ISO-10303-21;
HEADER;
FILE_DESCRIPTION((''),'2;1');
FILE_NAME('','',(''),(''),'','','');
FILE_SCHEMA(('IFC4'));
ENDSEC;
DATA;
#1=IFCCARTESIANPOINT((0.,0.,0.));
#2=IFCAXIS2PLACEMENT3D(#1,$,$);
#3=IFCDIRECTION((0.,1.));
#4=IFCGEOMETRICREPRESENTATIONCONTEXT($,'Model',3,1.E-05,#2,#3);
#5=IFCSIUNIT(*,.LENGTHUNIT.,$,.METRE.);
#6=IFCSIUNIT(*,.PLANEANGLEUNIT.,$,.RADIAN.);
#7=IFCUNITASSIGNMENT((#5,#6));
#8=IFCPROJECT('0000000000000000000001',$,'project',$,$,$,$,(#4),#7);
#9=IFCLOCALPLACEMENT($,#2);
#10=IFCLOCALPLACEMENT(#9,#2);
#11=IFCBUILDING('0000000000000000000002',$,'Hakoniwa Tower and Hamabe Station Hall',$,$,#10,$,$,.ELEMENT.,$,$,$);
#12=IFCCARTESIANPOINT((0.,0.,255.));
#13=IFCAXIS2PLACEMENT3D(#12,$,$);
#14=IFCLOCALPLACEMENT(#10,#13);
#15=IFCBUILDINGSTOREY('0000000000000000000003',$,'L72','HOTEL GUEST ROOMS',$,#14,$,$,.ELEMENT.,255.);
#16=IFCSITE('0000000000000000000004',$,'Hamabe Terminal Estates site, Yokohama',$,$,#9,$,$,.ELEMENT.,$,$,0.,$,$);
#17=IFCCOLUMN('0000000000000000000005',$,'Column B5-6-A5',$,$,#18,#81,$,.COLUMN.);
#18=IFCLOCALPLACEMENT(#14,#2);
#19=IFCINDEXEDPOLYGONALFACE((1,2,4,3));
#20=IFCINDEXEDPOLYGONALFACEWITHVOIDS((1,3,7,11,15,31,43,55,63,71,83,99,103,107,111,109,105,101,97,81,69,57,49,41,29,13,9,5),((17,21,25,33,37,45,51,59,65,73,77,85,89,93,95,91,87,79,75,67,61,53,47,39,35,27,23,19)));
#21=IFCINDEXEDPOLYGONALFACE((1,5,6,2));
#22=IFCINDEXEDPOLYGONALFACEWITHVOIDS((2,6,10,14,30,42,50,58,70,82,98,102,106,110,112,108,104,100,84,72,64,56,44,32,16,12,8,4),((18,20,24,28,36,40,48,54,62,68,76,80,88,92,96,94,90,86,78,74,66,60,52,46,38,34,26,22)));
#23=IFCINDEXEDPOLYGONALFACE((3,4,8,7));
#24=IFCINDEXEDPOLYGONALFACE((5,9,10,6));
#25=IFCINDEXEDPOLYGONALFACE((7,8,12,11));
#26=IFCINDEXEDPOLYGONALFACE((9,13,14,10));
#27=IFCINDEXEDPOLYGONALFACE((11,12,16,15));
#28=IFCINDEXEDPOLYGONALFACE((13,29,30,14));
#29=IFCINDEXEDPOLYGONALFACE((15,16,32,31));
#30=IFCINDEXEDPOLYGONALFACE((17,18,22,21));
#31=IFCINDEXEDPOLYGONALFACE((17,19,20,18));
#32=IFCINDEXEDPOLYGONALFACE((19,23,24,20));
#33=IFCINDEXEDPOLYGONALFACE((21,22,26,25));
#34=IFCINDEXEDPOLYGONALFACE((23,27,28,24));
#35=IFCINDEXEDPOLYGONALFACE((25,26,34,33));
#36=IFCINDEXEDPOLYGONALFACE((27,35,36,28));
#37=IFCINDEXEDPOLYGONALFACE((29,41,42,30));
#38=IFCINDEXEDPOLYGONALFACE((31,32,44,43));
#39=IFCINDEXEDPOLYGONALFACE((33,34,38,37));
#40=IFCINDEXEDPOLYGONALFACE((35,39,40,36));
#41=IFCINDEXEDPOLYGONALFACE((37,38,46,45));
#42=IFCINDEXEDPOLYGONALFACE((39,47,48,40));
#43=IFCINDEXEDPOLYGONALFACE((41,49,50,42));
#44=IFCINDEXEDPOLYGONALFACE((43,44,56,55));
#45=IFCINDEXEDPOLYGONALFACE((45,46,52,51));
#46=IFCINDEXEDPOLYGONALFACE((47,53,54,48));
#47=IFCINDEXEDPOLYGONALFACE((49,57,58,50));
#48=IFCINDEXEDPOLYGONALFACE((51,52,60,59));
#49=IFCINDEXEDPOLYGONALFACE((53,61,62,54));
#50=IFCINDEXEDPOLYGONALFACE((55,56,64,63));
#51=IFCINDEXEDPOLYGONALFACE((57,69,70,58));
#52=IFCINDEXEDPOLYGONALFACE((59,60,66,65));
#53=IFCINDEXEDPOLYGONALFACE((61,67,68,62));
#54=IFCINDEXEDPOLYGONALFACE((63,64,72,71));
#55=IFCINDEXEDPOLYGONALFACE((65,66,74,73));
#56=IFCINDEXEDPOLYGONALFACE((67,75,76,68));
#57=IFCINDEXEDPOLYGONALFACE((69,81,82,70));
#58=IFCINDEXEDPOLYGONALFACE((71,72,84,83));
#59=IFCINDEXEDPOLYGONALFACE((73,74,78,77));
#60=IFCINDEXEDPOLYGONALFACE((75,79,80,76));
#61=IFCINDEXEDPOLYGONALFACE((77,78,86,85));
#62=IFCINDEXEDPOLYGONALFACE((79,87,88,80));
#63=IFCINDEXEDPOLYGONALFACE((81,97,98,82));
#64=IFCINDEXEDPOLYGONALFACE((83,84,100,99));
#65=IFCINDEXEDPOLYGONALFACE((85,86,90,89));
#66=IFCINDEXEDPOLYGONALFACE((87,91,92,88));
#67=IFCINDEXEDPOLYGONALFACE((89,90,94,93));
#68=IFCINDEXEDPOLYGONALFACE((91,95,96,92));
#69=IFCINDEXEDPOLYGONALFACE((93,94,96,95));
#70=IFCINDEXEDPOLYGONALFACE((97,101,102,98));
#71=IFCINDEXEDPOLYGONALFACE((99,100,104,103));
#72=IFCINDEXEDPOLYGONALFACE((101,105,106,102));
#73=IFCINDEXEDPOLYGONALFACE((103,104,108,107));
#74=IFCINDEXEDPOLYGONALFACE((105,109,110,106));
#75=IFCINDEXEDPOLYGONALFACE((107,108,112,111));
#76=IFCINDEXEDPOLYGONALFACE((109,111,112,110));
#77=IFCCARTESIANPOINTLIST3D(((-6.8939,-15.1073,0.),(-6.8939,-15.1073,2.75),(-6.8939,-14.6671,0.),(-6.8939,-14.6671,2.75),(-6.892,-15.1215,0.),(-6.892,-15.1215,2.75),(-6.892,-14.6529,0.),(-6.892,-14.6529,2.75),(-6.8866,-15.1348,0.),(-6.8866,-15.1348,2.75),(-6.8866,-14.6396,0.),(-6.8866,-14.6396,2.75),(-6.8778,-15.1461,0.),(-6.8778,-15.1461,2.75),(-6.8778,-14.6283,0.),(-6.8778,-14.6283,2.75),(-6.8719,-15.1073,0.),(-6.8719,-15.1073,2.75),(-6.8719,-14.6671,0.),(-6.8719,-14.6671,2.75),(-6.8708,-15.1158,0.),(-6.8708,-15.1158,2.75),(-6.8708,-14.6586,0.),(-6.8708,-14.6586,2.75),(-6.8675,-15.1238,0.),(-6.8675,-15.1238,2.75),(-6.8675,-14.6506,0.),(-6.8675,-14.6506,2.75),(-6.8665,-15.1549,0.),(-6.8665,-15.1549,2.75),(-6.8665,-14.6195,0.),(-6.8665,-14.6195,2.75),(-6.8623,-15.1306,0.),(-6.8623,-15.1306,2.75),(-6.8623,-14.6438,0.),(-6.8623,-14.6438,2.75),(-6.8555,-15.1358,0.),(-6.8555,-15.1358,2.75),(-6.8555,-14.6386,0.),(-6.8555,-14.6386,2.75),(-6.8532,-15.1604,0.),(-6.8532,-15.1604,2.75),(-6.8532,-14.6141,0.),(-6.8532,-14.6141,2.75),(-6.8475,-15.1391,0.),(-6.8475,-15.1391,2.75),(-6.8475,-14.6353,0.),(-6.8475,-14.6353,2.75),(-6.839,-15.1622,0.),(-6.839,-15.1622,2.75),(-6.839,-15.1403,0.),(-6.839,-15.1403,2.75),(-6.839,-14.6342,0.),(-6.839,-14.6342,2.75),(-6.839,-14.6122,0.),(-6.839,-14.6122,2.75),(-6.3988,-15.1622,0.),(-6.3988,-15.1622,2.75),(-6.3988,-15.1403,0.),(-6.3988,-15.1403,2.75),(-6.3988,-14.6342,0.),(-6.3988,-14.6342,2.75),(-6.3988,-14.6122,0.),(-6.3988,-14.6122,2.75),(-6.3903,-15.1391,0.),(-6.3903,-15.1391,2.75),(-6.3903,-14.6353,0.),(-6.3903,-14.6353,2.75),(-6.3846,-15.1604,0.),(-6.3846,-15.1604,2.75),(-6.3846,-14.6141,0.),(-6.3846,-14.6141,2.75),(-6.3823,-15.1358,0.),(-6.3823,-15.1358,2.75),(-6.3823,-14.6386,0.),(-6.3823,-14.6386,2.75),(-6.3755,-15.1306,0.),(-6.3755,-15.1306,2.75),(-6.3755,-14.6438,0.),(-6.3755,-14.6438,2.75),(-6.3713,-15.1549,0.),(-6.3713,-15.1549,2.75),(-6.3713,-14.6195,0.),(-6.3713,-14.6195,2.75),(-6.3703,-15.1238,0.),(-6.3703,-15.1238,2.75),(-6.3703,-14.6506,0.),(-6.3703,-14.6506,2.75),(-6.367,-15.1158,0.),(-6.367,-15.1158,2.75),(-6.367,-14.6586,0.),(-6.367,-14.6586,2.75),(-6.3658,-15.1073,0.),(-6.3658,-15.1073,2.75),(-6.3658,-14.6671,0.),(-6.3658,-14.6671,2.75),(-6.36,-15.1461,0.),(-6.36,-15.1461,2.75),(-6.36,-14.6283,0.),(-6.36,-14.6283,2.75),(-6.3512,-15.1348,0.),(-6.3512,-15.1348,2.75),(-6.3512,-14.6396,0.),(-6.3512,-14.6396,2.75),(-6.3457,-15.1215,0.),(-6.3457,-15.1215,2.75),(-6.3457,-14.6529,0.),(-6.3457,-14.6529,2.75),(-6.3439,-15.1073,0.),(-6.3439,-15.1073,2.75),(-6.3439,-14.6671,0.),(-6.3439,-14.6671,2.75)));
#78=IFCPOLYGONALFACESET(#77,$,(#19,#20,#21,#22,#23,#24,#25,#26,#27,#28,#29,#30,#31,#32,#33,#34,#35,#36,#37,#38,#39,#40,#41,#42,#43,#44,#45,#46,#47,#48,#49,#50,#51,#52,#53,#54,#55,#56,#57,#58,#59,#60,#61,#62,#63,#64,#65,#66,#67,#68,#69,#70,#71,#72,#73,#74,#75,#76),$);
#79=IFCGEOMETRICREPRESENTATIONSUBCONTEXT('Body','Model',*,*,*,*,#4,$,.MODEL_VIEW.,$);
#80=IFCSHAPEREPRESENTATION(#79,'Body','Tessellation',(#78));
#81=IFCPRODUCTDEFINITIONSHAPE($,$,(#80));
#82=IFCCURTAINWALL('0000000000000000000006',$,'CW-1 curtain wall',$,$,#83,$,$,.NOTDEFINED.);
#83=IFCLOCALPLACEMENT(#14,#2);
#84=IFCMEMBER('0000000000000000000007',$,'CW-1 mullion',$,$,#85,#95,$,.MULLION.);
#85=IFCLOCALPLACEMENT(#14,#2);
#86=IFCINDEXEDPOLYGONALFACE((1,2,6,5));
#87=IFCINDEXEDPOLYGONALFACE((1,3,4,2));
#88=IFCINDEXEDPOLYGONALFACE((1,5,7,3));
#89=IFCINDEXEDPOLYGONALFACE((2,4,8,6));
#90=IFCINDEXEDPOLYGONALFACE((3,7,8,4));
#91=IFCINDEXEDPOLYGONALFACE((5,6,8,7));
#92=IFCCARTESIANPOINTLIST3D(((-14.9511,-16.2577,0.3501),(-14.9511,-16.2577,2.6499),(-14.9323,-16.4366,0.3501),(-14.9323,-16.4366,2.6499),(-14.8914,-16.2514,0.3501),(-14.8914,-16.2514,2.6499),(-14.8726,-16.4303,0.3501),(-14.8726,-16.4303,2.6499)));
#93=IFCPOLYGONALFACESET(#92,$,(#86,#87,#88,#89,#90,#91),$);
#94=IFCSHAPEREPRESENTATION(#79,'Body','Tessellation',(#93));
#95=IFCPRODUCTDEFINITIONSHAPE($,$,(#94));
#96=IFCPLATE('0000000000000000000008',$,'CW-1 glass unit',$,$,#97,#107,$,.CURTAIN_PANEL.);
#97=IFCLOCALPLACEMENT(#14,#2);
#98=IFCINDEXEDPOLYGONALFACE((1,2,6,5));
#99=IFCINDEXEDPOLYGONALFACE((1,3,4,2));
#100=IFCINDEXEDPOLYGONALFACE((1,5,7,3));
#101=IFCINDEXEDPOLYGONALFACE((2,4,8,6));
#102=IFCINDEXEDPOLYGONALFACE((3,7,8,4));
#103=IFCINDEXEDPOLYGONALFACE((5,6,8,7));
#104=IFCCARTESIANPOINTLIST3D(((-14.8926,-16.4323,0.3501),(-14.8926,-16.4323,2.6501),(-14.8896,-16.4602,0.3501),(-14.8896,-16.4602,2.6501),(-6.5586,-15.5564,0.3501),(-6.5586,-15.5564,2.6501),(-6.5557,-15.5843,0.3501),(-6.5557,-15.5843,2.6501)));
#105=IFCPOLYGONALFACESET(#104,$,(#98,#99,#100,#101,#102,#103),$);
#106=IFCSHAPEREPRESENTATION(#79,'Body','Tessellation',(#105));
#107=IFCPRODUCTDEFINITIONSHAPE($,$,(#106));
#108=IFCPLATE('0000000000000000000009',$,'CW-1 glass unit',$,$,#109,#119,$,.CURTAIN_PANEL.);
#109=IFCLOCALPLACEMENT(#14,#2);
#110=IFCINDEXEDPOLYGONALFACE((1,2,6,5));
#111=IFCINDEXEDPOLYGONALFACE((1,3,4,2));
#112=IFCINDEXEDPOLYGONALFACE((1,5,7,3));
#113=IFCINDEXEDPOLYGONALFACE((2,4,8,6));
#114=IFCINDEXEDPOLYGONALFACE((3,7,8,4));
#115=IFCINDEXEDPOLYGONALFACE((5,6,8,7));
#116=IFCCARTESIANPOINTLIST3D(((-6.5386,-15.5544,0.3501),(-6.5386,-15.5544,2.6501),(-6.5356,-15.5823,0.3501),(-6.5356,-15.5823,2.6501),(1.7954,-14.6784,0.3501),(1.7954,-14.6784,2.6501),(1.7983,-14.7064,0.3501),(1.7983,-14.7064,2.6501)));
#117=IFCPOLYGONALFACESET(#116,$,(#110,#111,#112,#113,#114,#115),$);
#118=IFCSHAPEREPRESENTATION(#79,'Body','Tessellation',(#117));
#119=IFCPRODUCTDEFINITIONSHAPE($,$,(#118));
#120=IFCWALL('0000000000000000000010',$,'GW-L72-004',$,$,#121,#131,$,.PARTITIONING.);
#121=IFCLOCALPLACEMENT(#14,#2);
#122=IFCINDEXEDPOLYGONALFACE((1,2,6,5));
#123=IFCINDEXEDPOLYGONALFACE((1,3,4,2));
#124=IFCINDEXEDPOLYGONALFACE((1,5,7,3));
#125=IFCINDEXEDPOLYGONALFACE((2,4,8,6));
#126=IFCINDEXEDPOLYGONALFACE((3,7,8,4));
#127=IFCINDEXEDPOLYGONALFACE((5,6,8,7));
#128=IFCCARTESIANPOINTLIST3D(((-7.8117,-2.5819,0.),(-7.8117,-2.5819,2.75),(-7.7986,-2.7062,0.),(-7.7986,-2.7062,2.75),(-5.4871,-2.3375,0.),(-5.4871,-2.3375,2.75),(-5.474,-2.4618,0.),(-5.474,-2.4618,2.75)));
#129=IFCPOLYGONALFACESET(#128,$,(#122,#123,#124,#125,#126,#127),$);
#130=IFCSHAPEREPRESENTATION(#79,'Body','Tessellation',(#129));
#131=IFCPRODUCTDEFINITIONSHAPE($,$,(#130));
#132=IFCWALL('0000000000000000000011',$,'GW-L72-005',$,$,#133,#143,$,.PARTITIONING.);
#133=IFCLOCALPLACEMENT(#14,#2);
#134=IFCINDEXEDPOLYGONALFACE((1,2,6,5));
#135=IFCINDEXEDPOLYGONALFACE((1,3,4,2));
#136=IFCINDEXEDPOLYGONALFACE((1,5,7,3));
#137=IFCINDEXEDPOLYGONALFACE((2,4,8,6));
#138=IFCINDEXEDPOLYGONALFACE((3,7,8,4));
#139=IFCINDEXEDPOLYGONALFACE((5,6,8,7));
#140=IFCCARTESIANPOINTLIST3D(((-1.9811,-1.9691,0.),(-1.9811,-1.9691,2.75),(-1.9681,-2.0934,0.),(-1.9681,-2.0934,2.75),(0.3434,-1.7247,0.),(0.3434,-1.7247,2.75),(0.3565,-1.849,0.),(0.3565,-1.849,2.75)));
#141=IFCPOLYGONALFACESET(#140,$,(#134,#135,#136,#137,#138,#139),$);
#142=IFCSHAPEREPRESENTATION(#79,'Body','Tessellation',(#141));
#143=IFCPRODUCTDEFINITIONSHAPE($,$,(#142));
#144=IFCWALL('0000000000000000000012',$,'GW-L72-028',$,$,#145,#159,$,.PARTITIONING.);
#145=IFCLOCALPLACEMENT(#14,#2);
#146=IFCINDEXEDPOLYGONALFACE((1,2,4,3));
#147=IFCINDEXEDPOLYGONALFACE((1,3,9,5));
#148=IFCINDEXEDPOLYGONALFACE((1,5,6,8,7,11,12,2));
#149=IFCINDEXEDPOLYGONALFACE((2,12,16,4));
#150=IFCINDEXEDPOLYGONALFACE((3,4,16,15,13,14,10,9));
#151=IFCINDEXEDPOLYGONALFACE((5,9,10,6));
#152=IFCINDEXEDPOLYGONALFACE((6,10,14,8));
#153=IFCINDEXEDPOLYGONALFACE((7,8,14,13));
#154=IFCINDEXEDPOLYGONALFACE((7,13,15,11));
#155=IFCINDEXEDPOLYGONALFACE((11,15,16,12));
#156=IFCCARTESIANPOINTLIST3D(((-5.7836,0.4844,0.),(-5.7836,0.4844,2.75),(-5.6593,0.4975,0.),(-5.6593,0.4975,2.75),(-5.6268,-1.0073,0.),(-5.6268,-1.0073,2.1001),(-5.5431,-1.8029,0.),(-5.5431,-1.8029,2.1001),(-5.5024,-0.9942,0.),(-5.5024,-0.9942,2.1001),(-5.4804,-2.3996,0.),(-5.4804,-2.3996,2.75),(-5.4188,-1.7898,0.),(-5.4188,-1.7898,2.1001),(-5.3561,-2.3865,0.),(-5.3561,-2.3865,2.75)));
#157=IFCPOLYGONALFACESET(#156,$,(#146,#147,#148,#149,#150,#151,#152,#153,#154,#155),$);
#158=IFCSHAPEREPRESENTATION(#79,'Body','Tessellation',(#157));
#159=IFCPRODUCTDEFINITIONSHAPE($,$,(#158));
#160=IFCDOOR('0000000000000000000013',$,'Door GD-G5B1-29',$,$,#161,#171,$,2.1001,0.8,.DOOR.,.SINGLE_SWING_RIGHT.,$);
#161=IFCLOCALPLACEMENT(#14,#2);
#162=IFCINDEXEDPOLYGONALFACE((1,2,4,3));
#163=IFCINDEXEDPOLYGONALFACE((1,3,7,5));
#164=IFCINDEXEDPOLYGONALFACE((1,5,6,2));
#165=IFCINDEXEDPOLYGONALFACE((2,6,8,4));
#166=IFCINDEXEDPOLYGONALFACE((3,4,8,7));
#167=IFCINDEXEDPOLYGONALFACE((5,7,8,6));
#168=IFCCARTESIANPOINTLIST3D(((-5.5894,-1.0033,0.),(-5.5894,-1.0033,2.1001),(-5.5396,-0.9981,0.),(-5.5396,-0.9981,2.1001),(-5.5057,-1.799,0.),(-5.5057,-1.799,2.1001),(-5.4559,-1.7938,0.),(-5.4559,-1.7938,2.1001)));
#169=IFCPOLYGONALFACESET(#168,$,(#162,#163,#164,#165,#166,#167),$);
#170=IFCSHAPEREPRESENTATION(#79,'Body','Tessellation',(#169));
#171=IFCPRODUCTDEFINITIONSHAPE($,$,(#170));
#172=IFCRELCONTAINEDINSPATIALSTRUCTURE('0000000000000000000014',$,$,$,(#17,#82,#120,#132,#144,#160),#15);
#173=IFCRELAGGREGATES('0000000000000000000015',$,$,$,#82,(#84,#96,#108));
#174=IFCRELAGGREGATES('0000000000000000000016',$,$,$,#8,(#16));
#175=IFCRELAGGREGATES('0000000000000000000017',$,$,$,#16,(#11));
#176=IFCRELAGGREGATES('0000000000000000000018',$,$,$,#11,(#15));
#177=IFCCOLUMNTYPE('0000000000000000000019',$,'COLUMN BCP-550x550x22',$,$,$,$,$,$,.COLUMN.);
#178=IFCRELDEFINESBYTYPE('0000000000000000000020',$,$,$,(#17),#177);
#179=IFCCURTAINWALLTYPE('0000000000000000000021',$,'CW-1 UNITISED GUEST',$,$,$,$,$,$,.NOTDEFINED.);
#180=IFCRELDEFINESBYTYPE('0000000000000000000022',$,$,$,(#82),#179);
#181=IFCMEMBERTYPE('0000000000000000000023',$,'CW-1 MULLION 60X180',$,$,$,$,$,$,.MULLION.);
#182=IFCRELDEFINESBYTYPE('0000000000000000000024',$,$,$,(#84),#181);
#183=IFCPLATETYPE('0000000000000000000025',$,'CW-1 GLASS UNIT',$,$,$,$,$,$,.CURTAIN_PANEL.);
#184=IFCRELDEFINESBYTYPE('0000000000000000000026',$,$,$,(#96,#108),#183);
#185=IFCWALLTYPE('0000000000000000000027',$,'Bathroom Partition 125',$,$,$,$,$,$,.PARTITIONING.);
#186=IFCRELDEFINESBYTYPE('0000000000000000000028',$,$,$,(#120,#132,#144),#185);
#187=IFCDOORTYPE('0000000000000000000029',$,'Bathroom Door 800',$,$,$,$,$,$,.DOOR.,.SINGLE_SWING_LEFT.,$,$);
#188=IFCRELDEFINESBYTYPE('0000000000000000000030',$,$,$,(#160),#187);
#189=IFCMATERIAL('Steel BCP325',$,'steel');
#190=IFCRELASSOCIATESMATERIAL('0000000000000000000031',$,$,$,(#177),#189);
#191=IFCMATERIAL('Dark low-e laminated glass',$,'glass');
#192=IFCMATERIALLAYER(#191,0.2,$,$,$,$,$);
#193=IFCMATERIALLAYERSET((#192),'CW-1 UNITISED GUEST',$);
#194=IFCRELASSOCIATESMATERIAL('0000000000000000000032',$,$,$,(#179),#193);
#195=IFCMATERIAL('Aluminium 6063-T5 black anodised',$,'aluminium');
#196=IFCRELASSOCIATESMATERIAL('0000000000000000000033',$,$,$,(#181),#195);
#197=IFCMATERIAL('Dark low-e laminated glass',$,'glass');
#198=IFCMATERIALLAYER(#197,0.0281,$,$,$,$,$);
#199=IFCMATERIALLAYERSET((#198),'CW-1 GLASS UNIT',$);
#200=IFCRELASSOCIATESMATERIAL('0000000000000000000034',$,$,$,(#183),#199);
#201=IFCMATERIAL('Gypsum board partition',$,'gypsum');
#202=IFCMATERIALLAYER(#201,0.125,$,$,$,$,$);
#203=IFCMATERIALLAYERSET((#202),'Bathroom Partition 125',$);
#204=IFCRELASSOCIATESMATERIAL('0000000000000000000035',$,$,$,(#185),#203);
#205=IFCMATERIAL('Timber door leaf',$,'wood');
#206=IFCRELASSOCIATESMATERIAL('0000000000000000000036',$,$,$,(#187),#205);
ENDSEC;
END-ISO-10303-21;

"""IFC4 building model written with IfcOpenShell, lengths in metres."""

from ifc_helpers import new_model, si_unit, direction, frame, frame_2d, origin, origin_2d, place, context, subcontext, project, spatial, rectangle, hollow_rectangle, extrude, material, layer, layer_set, material_profile, profile_set, type_object, element, fill, aggregate, save


model = new_model("IFC4")

# Units and contexts
model_context = context("Model", 3, precision=1e-05, world=origin(), true_north=direction((0.0, 1.0)))
body_context = subcontext(model_context, "Body", "Model", "MODEL_VIEW")
ifc_project = project(units=[si_unit("LENGTHUNIT", "METRE"), si_unit("PLANEANGLEUNIT", "RADIAN")], contexts=[model_context])

# Site, building, storey
site_placement = place(None, origin())
site = spatial("IfcSite", under=ifc_project, at=site_placement, Name="Hamabe Terminal Estates site, Yokohama", CompositionType="ELEMENT", RefElevation=0.0)
building_placement = place(site_placement, origin())
building = spatial("IfcBuilding", under=site, at=building_placement, Name="Hakoniwa Tower and Hamabe Station Hall", CompositionType="ELEMENT")
storey_placement = place(building_placement, frame((0.0, 0.0, 255.0)))
storey = spatial("IfcBuildingStorey", under=building, at=storey_placement, Name="L72", Description="HOTEL GUEST ROOMS", CompositionType="ELEMENT", Elevation=255.0)

# Column
ifc_material_1 = material(Name="Steel BCP325", Category="steel")
ifc_material_profile_1 = material_profile(ifc_material_1, hollow_rectangle(XDim=0.55, YDim=0.55, WallThickness=0.022, InnerFilletRadius=0.033, OuterFilletRadius=0.0549, at=origin_2d()), Name="BCP-550x550x22")
ifc_profile_set_1 = profile_set([ifc_material_profile_1], Name="Steel BCP325")
column_type = type_object("IfcColumnType", Name="COLUMN BCP-550x550x22", PredefinedType="COLUMN", material=ifc_profile_set_1)
column_placement = place(storey_placement, frame((-6.6189, -14.8872, 0.0), z_axis=(0.0, 0.0, 1.0), x_axis=(1.0, 0.0, 0.0)))
element("IfcColumn", 1, at=column_placement, inside=storey, type_object=column_type, Name="Column B5-6-A5", PredefinedType="COLUMN", context=body_context, shape_type="SweptSolid", body=[
    extrude(hollow_rectangle(XDim=0.55, YDim=0.55, WallThickness=0.022, InnerFilletRadius=0.033, OuterFilletRadius=0.0549, at=origin_2d()), origin(), (0.0, 0.0, 1.0), 2.75),
])

# Curtain wall, member, plates
ifc_material_2 = material(Name="Dark low-e laminated glass", Category="glass")
ifc_layer_1 = layer(ifc_material_2, 0.2)
ifc_layer_set_1 = layer_set([ifc_layer_1], Name="CW-1 UNITISED GUEST")
curtain_wall_type = type_object("IfcCurtainWallType", Name="CW-1 UNITISED GUEST", PredefinedType="NOTDEFINED", material=ifc_layer_set_1)
curtain_wall_placement = place(storey_placement, origin())
curtain_wall = element("IfcCurtainWall", 2, at=curtain_wall_placement, inside=storey, type_object=curtain_wall_type, Name="CW-1 curtain wall", PredefinedType="NOTDEFINED")
ifc_material_3 = material(Name="Aluminium 6063-T5 black anodised", Category="aluminium")
ifc_material_profile_2 = material_profile(ifc_material_3, rectangle(XDim=0.0601, YDim=0.1799, at=origin_2d()), Name="CW-1 MULLION 60X180")
ifc_profile_set_2 = profile_set([ifc_material_profile_2], Name="Aluminium 6063-T5 black anodised")
member_type = type_object("IfcMemberType", Name="CW-1 MULLION 60X180", PredefinedType="MULLION", material=ifc_profile_set_2)
member_placement = place(storey_placement, frame((-14.9119, -16.344, 0.3501), z_axis=(0.0, 0.0, 1.0), x_axis=(0.994522, 0.104528, 0.0)))
member = element("IfcMember", 3, at=member_placement, type_object=member_type, Name="CW-1 mullion", PredefinedType="MULLION", context=body_context, shape_type="SweptSolid", body=[
    extrude(rectangle(XDim=0.0601, YDim=0.1799, at=origin_2d()), origin(), (0.0, 0.0, 1.0), 2.2998),
])
ifc_material_4 = material(Name="Dark low-e laminated glass", Category="glass")
ifc_layer_2 = layer(ifc_material_4, 0.0281)
ifc_layer_set_2 = layer_set([ifc_layer_2], Name="CW-1 GLASS UNIT")
plate_type = type_object("IfcPlateType", Name="CW-1 GLASS UNIT", PredefinedType="CURTAIN_PANEL", material=ifc_layer_set_2)
plate_1_placement = place(storey_placement, frame((-10.7241, -16.0083, 0.3501), z_axis=(0.0, 0.0, 1.0), x_axis=(0.994522, 0.104528, 0.0)))
plate_1 = element("IfcPlate", 4, at=plate_1_placement, type_object=plate_type, Name="CW-1 glass unit", PredefinedType="CURTAIN_PANEL", context=body_context, shape_type="SweptSolid", body=[
    extrude(rectangle(XDim=8.3799, YDim=0.0281, at=origin_2d()), origin(), (0.0, 0.0, 1.0), 2.3),
])
plate_2_placement = place(storey_placement, frame((-2.3701, -15.1304, 0.3501), z_axis=(0.0, 0.0, 1.0), x_axis=(0.994522, 0.104528, 0.0)))
plate_2 = element("IfcPlate", 5, at=plate_2_placement, type_object=plate_type, Name="CW-1 glass unit", PredefinedType="CURTAIN_PANEL", context=body_context, shape_type="SweptSolid", body=[
    extrude(rectangle(XDim=8.3799, YDim=0.0281, at=origin_2d()), origin(), (0.0, 0.0, 1.0), 2.3),
])
aggregate(curtain_wall, [member, plate_1, plate_2])

# Walls
ifc_material_5 = material(Name="Gypsum board partition", Category="gypsum")
ifc_layer_3 = layer(ifc_material_5, 0.125)
ifc_layer_set_3 = layer_set([ifc_layer_3], Name="Bathroom Partition 125")
wall_type_1 = type_object("IfcWallType", Name="Bathroom Partition 125", PredefinedType="PARTITIONING", material=ifc_layer_set_3)
for number, where, z_axis, x_axis, name in (
    (6, (-7.8052, -2.644, 0.0), (0.0, 0.0, 1.0), (0.99452, 0.104549, 0.0), "GW-L72-004"),
    (7, (-1.9746, -2.0312, 0.0), (0.0, 0.0, 1.0), (0.99452, 0.104549, 0.0), "GW-L72-005"),
):
    element("IfcWall", number, at=place(storey_placement, frame(where, z_axis=z_axis, x_axis=x_axis)), inside=storey, type_object=wall_type_1, Name=name, PredefinedType="PARTITIONING", context=body_context, shape_type="SweptSolid", body=[
        extrude(rectangle(XDim=2.3374, YDim=0.125, at=frame_2d((1.1687, 0.0))), origin(), (0.0, 0.0, 1.0), 2.75),
    ])

# Wall, opening, door
wall_1_placement = place(storey_placement, frame((-5.4182, -2.3931, 0.0), z_axis=(0.0, 0.0, 1.0), x_axis=(-0.104562, 0.994518, 0.0)))
wall_1 = element("IfcWall", 8, at=wall_1_placement, inside=storey, type_object=wall_type_1, Name="GW-L72-028", PredefinedType="PARTITIONING", context=body_context, shape_type="SweptSolid", body=[
    extrude(rectangle(XDim=2.8999, YDim=0.125, at=frame_2d((1.45, 0.0))), origin(), (0.0, 0.0, 1.0), 2.75),
])
opening_1_placement = place(wall_1_placement, frame((0.6001, 0.0, 0.0)))
opening_1 = element("IfcOpeningElement", 9, at=opening_1_placement, cuts=wall_1, PredefinedType="OPENING", context=body_context, shape_type="SweptSolid", body=[
    extrude(rectangle(XDim=0.8, YDim=2.1001, at=frame_2d((0.3999, 1.05))), frame((0.0, 0.0725, 0.0), z_axis=(0.0, -1.0, 0.0), x_axis=(1.0, 0.0, 0.0)), (0.0, 0.0, 1.0), 0.145),
])
ifc_material_6 = material(Name="Timber door leaf", Category="wood")
door_type = type_object("IfcDoorType", Name="Bathroom Door 800", OperationType="SINGLE_SWING_LEFT", PredefinedType="DOOR", material=ifc_material_6)
door_1_placement = place(opening_1_placement, origin())
door_1 = element("IfcDoor", 10, at=door_1_placement, inside=storey, type_object=door_type, Name="Door GD-G5B1-29", OperationType="SINGLE_SWING_RIGHT", OverallHeight=2.1001, OverallWidth=0.8, PredefinedType="DOOR", context=body_context, shape_type="SweptSolid", body=[
    extrude(rectangle(XDim=0.8, YDim=2.1001, at=frame_2d((0.3999, 1.05))), frame((0.0, 0.0249, 0.0), z_axis=(0.0, -1.0, 0.0), x_axis=(1.0, 0.0, 0.0)), (0.0, 0.0, 1.0), 0.05),
])
fill(opening_1, door_1)

save(model, "model.ifc")
